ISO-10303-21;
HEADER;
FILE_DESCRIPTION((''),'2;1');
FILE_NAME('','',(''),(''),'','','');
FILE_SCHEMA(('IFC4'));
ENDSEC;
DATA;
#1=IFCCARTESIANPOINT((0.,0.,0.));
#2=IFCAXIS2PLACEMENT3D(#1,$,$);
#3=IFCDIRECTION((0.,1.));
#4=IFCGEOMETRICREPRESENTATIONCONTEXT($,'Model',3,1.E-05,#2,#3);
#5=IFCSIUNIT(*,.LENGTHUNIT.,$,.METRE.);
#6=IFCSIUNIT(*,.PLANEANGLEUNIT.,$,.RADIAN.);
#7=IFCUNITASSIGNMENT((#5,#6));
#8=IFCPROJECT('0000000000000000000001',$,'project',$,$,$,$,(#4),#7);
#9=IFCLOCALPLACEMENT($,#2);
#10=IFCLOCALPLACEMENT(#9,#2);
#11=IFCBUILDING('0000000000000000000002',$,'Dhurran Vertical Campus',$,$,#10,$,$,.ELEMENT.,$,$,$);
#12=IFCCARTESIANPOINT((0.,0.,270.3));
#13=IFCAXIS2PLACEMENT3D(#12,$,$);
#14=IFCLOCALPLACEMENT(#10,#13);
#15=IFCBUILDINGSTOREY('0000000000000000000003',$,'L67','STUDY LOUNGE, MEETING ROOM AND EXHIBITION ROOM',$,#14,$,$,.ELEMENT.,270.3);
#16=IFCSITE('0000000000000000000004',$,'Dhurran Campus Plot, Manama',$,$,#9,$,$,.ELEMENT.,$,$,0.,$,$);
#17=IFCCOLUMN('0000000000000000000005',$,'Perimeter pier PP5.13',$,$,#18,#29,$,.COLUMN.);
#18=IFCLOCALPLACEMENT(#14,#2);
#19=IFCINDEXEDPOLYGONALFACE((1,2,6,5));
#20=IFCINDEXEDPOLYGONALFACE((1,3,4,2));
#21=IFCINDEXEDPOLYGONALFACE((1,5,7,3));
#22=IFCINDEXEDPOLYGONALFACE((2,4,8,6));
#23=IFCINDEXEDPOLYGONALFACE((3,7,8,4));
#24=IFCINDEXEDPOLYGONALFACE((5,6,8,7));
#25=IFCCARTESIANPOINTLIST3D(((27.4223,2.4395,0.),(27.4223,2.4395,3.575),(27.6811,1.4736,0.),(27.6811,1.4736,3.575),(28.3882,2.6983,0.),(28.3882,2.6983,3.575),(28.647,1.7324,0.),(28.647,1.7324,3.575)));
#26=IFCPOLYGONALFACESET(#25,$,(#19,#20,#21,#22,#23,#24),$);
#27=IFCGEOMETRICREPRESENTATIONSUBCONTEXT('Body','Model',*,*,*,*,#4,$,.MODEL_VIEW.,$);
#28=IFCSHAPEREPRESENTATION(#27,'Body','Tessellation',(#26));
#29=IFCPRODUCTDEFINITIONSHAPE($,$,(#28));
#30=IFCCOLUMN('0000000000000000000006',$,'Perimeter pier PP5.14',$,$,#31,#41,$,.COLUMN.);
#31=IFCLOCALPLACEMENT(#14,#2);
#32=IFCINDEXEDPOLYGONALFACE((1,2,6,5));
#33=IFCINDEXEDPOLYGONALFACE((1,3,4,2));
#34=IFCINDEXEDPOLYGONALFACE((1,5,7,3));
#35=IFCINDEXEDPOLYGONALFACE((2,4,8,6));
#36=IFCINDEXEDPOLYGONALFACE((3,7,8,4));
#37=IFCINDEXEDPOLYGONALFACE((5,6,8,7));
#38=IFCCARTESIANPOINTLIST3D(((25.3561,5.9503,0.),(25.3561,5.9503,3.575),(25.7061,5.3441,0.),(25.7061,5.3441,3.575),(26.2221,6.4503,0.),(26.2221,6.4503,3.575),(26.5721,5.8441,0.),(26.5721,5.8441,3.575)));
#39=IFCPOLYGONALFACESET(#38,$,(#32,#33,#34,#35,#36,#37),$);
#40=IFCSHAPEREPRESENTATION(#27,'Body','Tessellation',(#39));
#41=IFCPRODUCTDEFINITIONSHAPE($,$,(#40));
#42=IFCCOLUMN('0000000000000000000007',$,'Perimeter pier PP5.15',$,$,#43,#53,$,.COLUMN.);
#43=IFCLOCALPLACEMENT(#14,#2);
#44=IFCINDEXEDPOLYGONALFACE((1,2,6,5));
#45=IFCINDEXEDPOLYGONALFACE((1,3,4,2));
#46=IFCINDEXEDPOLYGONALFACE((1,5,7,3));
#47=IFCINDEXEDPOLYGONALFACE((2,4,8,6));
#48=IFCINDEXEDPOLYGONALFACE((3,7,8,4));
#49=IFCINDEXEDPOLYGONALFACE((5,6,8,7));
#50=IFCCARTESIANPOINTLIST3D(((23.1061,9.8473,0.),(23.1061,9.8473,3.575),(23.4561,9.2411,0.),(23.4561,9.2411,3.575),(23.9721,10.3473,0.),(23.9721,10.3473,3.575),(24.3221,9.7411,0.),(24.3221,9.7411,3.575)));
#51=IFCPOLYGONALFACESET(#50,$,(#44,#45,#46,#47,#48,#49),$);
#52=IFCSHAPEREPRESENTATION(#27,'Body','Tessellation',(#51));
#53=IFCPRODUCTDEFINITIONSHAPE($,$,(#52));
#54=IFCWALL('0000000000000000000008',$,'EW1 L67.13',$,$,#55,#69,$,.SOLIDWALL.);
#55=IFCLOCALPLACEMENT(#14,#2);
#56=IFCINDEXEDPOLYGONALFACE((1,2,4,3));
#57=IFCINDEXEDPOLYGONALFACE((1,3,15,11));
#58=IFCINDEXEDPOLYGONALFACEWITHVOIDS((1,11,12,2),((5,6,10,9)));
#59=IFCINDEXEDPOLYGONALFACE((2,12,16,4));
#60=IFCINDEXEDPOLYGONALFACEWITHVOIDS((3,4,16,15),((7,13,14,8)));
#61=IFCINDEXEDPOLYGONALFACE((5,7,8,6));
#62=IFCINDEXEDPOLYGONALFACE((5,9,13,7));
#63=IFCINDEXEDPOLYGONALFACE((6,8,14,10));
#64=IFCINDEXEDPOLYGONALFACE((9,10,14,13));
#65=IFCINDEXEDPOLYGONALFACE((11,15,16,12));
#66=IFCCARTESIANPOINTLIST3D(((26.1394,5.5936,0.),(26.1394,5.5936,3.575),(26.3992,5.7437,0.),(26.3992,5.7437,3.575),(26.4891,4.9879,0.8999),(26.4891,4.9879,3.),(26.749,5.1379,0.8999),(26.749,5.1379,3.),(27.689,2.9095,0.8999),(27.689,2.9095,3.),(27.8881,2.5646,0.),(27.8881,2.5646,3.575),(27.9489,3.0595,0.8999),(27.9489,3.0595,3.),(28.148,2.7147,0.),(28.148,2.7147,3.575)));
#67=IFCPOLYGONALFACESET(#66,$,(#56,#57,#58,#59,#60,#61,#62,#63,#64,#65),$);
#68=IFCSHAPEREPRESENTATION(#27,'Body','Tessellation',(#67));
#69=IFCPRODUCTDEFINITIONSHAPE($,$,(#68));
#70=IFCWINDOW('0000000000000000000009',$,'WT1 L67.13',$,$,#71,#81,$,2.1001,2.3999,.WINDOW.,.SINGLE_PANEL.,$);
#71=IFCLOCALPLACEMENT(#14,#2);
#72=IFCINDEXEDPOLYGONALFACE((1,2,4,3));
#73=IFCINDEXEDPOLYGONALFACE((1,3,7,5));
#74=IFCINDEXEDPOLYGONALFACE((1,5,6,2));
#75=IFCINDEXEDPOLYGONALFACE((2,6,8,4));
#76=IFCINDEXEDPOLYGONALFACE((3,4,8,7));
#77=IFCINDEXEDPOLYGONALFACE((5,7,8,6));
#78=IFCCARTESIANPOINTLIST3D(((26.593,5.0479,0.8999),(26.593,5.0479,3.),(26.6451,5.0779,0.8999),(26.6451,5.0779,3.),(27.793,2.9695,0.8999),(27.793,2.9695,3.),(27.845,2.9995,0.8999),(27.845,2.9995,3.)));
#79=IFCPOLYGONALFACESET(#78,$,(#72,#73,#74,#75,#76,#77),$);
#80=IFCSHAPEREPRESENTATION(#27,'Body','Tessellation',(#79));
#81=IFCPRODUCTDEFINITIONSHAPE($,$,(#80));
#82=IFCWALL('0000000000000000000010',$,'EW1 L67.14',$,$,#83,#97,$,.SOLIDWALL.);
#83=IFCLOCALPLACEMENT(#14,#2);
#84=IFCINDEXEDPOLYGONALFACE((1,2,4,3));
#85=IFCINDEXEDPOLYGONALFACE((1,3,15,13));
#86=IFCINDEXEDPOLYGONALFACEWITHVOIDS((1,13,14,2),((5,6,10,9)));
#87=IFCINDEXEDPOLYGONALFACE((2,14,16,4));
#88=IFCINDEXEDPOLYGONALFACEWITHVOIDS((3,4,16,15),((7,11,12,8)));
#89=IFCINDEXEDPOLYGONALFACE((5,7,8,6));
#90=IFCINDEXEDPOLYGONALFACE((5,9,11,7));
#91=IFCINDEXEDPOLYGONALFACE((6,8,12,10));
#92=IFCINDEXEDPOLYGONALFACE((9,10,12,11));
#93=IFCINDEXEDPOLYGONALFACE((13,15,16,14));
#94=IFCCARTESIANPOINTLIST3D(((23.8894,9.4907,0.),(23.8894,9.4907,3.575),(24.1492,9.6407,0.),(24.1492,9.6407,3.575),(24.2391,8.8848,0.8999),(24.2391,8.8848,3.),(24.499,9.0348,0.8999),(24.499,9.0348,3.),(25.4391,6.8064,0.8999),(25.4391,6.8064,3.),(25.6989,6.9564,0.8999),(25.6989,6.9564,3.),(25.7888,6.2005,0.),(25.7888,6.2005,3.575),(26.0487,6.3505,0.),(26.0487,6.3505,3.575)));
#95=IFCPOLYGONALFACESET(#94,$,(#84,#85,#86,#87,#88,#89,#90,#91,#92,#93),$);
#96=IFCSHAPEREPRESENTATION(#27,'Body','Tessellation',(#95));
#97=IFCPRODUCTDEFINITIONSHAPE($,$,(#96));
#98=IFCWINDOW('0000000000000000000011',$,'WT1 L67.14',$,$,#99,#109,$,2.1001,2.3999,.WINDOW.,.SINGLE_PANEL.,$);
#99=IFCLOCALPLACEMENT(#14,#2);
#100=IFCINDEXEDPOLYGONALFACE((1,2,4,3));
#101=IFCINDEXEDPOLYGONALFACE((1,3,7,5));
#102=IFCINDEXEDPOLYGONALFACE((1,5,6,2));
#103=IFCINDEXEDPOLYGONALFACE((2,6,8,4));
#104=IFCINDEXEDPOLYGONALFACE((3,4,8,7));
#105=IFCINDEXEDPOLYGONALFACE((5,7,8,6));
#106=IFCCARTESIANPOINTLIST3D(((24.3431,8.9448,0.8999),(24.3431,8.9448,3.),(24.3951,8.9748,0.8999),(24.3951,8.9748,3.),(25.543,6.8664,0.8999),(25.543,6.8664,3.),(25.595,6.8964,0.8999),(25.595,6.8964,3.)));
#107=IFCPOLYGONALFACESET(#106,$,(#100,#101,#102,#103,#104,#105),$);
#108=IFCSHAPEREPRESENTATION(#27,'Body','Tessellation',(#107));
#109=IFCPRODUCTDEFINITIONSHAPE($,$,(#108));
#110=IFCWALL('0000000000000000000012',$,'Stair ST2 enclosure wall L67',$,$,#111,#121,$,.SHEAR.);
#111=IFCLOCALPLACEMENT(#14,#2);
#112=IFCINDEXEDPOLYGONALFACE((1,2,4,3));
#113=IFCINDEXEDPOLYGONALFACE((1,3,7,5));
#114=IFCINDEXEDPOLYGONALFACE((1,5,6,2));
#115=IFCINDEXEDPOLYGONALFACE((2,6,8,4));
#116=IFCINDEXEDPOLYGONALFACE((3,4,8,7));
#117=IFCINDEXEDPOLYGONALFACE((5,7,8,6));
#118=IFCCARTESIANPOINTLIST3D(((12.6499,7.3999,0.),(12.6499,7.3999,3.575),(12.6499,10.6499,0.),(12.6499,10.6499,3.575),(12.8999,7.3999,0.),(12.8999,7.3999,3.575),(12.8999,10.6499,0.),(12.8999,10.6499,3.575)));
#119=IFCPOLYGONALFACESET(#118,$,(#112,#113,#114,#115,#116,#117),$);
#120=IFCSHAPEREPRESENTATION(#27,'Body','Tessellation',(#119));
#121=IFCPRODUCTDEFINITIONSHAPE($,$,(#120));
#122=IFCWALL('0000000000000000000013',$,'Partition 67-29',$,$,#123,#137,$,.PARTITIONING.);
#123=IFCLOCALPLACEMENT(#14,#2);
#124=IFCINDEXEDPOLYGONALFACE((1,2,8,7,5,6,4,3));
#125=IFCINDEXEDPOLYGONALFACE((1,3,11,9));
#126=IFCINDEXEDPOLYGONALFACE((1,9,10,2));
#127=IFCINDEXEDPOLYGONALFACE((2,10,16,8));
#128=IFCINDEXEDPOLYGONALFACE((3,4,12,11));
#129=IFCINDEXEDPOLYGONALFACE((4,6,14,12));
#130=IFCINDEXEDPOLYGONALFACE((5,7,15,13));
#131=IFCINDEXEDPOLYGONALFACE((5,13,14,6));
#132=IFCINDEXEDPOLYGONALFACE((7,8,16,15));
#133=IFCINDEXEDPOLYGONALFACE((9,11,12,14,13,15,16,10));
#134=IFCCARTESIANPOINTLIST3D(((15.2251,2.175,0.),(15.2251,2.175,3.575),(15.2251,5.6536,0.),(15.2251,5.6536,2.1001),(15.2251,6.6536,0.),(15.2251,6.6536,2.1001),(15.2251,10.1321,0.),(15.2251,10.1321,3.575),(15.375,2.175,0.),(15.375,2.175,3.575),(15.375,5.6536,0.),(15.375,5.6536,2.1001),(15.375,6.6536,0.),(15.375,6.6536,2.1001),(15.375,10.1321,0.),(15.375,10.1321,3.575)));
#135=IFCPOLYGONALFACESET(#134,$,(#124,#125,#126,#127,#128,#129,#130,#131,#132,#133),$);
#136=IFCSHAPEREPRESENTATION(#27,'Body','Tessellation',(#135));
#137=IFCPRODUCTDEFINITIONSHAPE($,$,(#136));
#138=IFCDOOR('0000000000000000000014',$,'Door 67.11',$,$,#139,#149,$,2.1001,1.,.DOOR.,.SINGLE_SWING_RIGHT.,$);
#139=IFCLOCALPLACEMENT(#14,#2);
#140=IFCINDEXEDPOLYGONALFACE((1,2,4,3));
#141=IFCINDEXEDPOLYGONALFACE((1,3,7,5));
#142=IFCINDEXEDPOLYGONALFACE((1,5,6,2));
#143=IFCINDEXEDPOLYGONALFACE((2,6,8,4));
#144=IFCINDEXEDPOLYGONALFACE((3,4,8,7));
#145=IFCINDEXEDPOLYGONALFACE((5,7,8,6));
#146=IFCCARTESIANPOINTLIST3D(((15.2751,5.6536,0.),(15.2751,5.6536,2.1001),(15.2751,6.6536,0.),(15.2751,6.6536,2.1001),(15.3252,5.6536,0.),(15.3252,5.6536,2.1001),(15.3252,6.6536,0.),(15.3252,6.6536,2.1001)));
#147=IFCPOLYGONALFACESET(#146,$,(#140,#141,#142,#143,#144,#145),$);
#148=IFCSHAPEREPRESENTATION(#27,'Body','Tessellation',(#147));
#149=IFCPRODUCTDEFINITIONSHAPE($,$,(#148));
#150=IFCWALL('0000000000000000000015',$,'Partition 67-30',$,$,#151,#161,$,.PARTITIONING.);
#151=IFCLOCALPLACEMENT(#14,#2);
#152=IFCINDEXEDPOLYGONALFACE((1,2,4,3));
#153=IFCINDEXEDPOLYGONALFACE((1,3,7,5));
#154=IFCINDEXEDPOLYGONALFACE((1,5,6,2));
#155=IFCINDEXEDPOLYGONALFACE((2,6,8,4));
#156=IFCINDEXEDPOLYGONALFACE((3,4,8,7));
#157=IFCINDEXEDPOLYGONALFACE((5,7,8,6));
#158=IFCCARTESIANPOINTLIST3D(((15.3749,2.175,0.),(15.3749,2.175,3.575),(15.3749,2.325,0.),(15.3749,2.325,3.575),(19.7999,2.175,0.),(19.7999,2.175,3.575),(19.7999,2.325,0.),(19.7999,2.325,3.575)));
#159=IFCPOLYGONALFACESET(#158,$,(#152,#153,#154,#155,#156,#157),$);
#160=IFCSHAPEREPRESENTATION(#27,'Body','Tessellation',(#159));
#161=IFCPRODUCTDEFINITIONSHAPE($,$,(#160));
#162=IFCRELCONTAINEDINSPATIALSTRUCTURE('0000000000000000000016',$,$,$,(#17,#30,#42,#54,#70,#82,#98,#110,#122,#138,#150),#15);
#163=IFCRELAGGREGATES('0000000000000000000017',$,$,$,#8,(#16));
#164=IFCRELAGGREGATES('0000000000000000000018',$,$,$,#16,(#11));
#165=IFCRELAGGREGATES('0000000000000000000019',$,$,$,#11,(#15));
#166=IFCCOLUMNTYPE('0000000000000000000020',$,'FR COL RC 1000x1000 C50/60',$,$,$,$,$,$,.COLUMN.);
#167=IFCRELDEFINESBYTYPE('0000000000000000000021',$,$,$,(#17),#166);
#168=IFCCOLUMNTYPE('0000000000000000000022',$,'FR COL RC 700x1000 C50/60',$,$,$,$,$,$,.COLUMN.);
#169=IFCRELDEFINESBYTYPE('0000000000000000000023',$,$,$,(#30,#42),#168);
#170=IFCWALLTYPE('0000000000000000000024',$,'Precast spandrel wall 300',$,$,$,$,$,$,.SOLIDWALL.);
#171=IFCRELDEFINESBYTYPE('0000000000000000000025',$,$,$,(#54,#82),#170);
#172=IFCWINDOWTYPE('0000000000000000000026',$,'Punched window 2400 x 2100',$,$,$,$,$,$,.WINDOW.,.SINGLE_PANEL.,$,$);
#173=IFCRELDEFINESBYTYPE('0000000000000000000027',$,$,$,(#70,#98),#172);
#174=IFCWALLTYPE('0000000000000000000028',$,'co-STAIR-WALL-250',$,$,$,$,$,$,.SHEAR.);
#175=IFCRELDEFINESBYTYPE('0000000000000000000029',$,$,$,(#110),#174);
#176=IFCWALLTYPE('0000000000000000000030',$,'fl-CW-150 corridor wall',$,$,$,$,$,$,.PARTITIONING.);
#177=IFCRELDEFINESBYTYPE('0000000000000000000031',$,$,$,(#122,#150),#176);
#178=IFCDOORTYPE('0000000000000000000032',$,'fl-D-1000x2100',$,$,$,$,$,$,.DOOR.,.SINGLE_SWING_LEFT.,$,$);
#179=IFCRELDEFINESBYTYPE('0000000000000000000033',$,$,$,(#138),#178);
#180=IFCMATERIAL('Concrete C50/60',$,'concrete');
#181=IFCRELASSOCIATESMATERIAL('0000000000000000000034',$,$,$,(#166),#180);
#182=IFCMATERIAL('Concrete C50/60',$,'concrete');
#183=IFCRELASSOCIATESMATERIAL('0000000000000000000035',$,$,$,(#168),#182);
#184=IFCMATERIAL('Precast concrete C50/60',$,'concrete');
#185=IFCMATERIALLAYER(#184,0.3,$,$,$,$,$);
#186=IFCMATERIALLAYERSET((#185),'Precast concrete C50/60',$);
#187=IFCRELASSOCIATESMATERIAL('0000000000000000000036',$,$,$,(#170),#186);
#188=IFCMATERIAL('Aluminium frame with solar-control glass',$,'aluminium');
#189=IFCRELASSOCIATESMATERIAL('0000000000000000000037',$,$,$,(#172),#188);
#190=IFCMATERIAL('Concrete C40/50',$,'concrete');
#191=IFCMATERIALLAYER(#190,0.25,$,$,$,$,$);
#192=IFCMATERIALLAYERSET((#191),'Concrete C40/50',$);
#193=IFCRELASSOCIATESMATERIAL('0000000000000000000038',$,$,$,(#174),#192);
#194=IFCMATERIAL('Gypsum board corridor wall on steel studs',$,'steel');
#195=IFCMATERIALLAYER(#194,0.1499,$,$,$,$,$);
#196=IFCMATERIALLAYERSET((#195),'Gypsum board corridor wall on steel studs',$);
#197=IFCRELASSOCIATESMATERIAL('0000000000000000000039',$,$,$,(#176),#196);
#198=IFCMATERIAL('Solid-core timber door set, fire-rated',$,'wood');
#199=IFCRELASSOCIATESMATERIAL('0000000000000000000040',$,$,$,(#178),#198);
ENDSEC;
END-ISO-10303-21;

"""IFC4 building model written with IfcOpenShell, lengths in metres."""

from ifc_helpers import new_model, si_unit, direction, frame, frame_2d, origin, origin_2d, place, context, subcontext, project, spatial, rectangle, extrude, material, layer, layer_set, material_profile, profile_set, type_object, element, fill, save


model = new_model("IFC4")

# Units and contexts
model_context = context("Model", 3, precision=1e-05, world=origin(), true_north=direction((0.0, 1.0)))
body_context = subcontext(model_context, "Body", "Model", "MODEL_VIEW")
ifc_project = project(units=[si_unit("LENGTHUNIT", "METRE"), si_unit("PLANEANGLEUNIT", "RADIAN")], contexts=[model_context])

# Site, building, storey
site_placement = place(None, origin())
site = spatial("IfcSite", under=ifc_project, at=site_placement, Name="Dhurran Campus Plot, Manama", CompositionType="ELEMENT", RefElevation=0.0)
building_placement = place(site_placement, origin())
building = spatial("IfcBuilding", under=site, at=building_placement, Name="Dhurran Vertical Campus", CompositionType="ELEMENT")
storey_placement = place(building_placement, frame((0.0, 0.0, 270.3)))
storey = spatial("IfcBuildingStorey", under=building, at=storey_placement, Name="L67", Description="STUDY LOUNGE, MEETING ROOM AND EXHIBITION ROOM", CompositionType="ELEMENT", Elevation=270.3)

# Columns
ifc_material_1 = material(Name="Concrete C50/60", Category="concrete")
ifc_material_profile_1 = material_profile(ifc_material_1, rectangle(XDim=1.0, YDim=1.0, at=origin_2d()), Name="RC 1000x1000")
ifc_profile_set_1 = profile_set([ifc_material_profile_1], Name="Concrete C50/60")
column_type_1 = type_object("IfcColumnType", Name="FR COL RC 1000x1000 C50/60", PredefinedType="COLUMN", material=ifc_profile_set_1)
column_placement = place(storey_placement, frame((28.0347, 2.0859, 0.0), z_axis=(0.0, 0.0, 1.0), x_axis=(-0.258819, 0.965926, 0.0)))
element("IfcColumn", 1, at=column_placement, inside=storey, type_object=column_type_1, Name="Perimeter pier PP5.13", PredefinedType="COLUMN", context=body_context, shape_type="SweptSolid", body=[
    extrude(rectangle(XDim=1.0, YDim=1.0, at=origin_2d()), origin(), (0.0, 0.0, 1.0), 3.575),
])
ifc_material_2 = material(Name="Concrete C50/60", Category="concrete")
ifc_material_profile_2 = material_profile(ifc_material_2, rectangle(XDim=0.7, YDim=1.0, at=origin_2d()), Name="RC 700x1000")
ifc_profile_set_2 = profile_set([ifc_material_profile_2], Name="Concrete C50/60")
column_type_2 = type_object("IfcColumnType", Name="FR COL RC 700x1000 C50/60", PredefinedType="COLUMN", material=ifc_profile_set_2)
for number, where, z_axis, x_axis, name in (
    (2, (25.9641, 5.8972, 0.0), (0.0, 0.0, 1.0), (-0.5, 0.866025, 0.0), "Perimeter pier PP5.14"),
    (3, (23.7141, 9.7942, 0.0), (0.0, 0.0, 1.0), (-0.5, 0.866025, 0.0), "Perimeter pier PP5.15"),
):
    element("IfcColumn", number, at=place(storey_placement, frame(where, z_axis=z_axis, x_axis=x_axis)), inside=storey, type_object=column_type_2, Name=name, PredefinedType="COLUMN", context=body_context, shape_type="SweptSolid", body=[
        extrude(rectangle(XDim=0.7, YDim=1.0, at=origin_2d()), origin(), (0.0, 0.0, 1.0), 3.575),
    ])

# Walls, openings, windows
ifc_material_3 = material(Name="Precast concrete C50/60", Category="concrete")
ifc_layer_1 = layer(ifc_material_3, 0.3)
ifc_layer_set_1 = layer_set([ifc_layer_1], Name="Precast concrete C50/60")
wall_type_1 = type_object("IfcWallType", Name="Precast spandrel wall 300", PredefinedType="SOLIDWALL", material=ifc_layer_set_1)
wall_1_placement = place(storey_placement, frame((28.0181, 2.6396, 0.0), z_axis=(0.0, 0.0, 1.0), x_axis=(-0.49999, 0.866031, 0.0)))
wall_1 = element("IfcWall", 4, at=wall_1_placement, inside=storey, type_object=wall_type_1, Name="EW1 L67.13", PredefinedType="SOLIDWALL", context=body_context, shape_type="SweptSolid", body=[
    extrude(rectangle(XDim=3.4976, YDim=0.3, at=frame_2d((1.7488, 0.0))), origin(), (0.0, 0.0, 1.0), 3.575),
])
opening_1_placement = place(wall_1_placement, frame((0.3982, 0.0, 0.8999)))
opening_1 = element("IfcOpeningElement", 5, at=opening_1_placement, cuts=wall_1, PredefinedType="OPENING", context=body_context, shape_type="SweptSolid", body=[
    extrude(rectangle(XDim=2.3999, YDim=2.1001, at=frame_2d((1.2, 1.05))), frame((0.0, 0.1599, 0.0), z_axis=(0.0, -1.0, 0.0), x_axis=(1.0, 0.0, 0.0)), (0.0, 0.0, 1.0), 0.3201),
])
ifc_material_4 = material(Name="Aluminium frame with solar-control glass", Category="aluminium")
window_type = type_object("IfcWindowType", Name="Punched window 2400 x 2100", PartitioningType="SINGLE_PANEL", PredefinedType="WINDOW", material=ifc_material_4)
window_1_placement = place(opening_1_placement, origin())
window_1 = element("IfcWindow", 6, at=window_1_placement, inside=storey, type_object=window_type, Name="WT1 L67.13", OverallHeight=2.1001, OverallWidth=2.3999, PartitioningType="SINGLE_PANEL", PredefinedType="WINDOW", context=body_context, shape_type="SweptSolid", body=[
    extrude(rectangle(XDim=2.3999, YDim=2.1001, at=frame_2d((1.2, 1.05))), frame((0.0, 0.03, 0.0), z_axis=(0.0, -1.0, 0.0), x_axis=(1.0, 0.0, 0.0)), (0.0, 0.0, 1.0), 0.0601),
])
fill(opening_1, window_1)
wall_2_placement = place(storey_placement, frame((25.9187, 6.2756, 0.0), z_axis=(0.0, 0.0, 1.0), x_axis=(-0.499982, 0.866036, 0.0)))
wall_2 = element("IfcWall", 7, at=wall_2_placement, inside=storey, type_object=wall_type_1, Name="EW1 L67.14", PredefinedType="SOLIDWALL", context=body_context, shape_type="SweptSolid", body=[
    extrude(rectangle(XDim=3.7991, YDim=0.3, at=frame_2d((1.8994, 0.0))), origin(), (0.0, 0.0, 1.0), 3.575),
])
opening_2_placement = place(wall_2_placement, frame((0.6995, 0.0, 0.8999)))
opening_2 = element("IfcOpeningElement", 8, at=opening_2_placement, cuts=wall_2, PredefinedType="OPENING", context=body_context, shape_type="SweptSolid", body=[
    extrude(rectangle(XDim=2.3999, YDim=2.1001, at=frame_2d((1.2, 1.05))), frame((0.0, 0.1599, 0.0), z_axis=(0.0, -1.0, 0.0), x_axis=(1.0, 0.0, 0.0)), (0.0, 0.0, 1.0), 0.3201),
])
window_2_placement = place(opening_2_placement, origin())
window_2 = element("IfcWindow", 9, at=window_2_placement, inside=storey, type_object=window_type, Name="WT1 L67.14", OverallHeight=2.1001, OverallWidth=2.3999, PartitioningType="SINGLE_PANEL", PredefinedType="WINDOW", context=body_context, shape_type="SweptSolid", body=[
    extrude(rectangle(XDim=2.3999, YDim=2.1001, at=frame_2d((1.2, 1.05))), frame((0.0, 0.03, 0.0), z_axis=(0.0, -1.0, 0.0), x_axis=(1.0, 0.0, 0.0)), (0.0, 0.0, 1.0), 0.0601),
])
fill(opening_2, window_2)

# Wall
ifc_material_5 = material(Name="Concrete C40/50", Category="concrete")
ifc_layer_2 = layer(ifc_material_5, 0.25)
ifc_layer_set_2 = layer_set([ifc_layer_2], Name="Concrete C40/50")
wall_type_2 = type_object("IfcWallType", Name="co-STAIR-WALL-250", PredefinedType="SHEAR", material=ifc_layer_set_2)
wall_3_placement = place(storey_placement, frame((12.7749, 7.3999, 0.0), z_axis=(0.0, 0.0, 1.0), x_axis=(0.0, 1.0, 0.0)))
element("IfcWall", 10, at=wall_3_placement, inside=storey, type_object=wall_type_2, Name="Stair ST2 enclosure wall L67", PredefinedType="SHEAR", context=body_context, shape_type="SweptSolid", body=[
    extrude(rectangle(XDim=3.25, YDim=0.25, at=frame_2d((1.625, 0.0))), origin(), (0.0, 0.0, 1.0), 3.575),
])

# Wall, opening, door
ifc_material_6 = material(Name="Gypsum board corridor wall on steel studs", Category="steel")
ifc_layer_3 = layer(ifc_material_6, 0.1499)
ifc_layer_set_3 = layer_set([ifc_layer_3], Name="Gypsum board corridor wall on steel studs")
wall_type_3 = type_object("IfcWallType", Name="fl-CW-150 corridor wall", PredefinedType="PARTITIONING", material=ifc_layer_set_3)
wall_4_placement = place(storey_placement, frame((15.3, 2.175, 0.0), z_axis=(0.0, 0.0, 1.0), x_axis=(0.0, 1.0, 0.0)))
wall_4 = element("IfcWall", 11, at=wall_4_placement, inside=storey, type_object=wall_type_3, Name="Partition 67-29", PredefinedType="PARTITIONING", context=body_context, shape_type="SweptSolid", body=[
    extrude(rectangle(XDim=7.957, YDim=0.1499, at=frame_2d((3.9785, 0.0))), origin(), (0.0, 0.0, 1.0), 3.575),
])
opening_3_placement = place(wall_4_placement, frame((3.4785, 0.0, 0.0)))
opening_3 = element("IfcOpeningElement", 12, at=opening_3_placement, cuts=wall_4, PredefinedType="OPENING", context=body_context, shape_type="SweptSolid", body=[
    extrude(rectangle(XDim=1.0, YDim=2.1001, at=frame_2d((0.5, 1.05))), frame((0.0, 0.085, 0.0), z_axis=(0.0, -1.0, 0.0), x_axis=(1.0, 0.0, 0.0)), (0.0, 0.0, 1.0), 0.1699),
])
ifc_material_7 = material(Name="Solid-core timber door set, fire-rated", Category="wood")
door_type = type_object("IfcDoorType", Name="fl-D-1000x2100", OperationType="SINGLE_SWING_LEFT", PredefinedType="DOOR", material=ifc_material_7)
door_1_placement = place(opening_3_placement, origin())
door_1 = element("IfcDoor", 13, at=door_1_placement, inside=storey, type_object=door_type, Name="Door 67.11", OperationType="SINGLE_SWING_RIGHT", OverallHeight=2.1001, OverallWidth=1.0, PredefinedType="DOOR", context=body_context, shape_type="SweptSolid", body=[
    extrude(rectangle(XDim=1.0, YDim=2.1001, at=frame_2d((0.5, 1.05))), frame((0.0, 0.0249, 0.0), z_axis=(0.0, -1.0, 0.0), x_axis=(1.0, 0.0, 0.0)), (0.0, 0.0, 1.0), 0.05),
])
fill(opening_3, door_1)

# Wall
wall_5_placement = place(storey_placement, frame((15.375, 2.25, 0.0), z_axis=(0.0, 0.0, 1.0), x_axis=(1.0, 0.0, 0.0)))
element("IfcWall", 14, at=wall_5_placement, inside=storey, type_object=wall_type_3, Name="Partition 67-30", PredefinedType="PARTITIONING", context=body_context, shape_type="SweptSolid", body=[
    extrude(rectangle(XDim=4.425, YDim=0.1499, at=frame_2d((2.2124, 0.0))), origin(), (0.0, 0.0, 1.0), 3.575),
])

save(model, "model.ifc")
